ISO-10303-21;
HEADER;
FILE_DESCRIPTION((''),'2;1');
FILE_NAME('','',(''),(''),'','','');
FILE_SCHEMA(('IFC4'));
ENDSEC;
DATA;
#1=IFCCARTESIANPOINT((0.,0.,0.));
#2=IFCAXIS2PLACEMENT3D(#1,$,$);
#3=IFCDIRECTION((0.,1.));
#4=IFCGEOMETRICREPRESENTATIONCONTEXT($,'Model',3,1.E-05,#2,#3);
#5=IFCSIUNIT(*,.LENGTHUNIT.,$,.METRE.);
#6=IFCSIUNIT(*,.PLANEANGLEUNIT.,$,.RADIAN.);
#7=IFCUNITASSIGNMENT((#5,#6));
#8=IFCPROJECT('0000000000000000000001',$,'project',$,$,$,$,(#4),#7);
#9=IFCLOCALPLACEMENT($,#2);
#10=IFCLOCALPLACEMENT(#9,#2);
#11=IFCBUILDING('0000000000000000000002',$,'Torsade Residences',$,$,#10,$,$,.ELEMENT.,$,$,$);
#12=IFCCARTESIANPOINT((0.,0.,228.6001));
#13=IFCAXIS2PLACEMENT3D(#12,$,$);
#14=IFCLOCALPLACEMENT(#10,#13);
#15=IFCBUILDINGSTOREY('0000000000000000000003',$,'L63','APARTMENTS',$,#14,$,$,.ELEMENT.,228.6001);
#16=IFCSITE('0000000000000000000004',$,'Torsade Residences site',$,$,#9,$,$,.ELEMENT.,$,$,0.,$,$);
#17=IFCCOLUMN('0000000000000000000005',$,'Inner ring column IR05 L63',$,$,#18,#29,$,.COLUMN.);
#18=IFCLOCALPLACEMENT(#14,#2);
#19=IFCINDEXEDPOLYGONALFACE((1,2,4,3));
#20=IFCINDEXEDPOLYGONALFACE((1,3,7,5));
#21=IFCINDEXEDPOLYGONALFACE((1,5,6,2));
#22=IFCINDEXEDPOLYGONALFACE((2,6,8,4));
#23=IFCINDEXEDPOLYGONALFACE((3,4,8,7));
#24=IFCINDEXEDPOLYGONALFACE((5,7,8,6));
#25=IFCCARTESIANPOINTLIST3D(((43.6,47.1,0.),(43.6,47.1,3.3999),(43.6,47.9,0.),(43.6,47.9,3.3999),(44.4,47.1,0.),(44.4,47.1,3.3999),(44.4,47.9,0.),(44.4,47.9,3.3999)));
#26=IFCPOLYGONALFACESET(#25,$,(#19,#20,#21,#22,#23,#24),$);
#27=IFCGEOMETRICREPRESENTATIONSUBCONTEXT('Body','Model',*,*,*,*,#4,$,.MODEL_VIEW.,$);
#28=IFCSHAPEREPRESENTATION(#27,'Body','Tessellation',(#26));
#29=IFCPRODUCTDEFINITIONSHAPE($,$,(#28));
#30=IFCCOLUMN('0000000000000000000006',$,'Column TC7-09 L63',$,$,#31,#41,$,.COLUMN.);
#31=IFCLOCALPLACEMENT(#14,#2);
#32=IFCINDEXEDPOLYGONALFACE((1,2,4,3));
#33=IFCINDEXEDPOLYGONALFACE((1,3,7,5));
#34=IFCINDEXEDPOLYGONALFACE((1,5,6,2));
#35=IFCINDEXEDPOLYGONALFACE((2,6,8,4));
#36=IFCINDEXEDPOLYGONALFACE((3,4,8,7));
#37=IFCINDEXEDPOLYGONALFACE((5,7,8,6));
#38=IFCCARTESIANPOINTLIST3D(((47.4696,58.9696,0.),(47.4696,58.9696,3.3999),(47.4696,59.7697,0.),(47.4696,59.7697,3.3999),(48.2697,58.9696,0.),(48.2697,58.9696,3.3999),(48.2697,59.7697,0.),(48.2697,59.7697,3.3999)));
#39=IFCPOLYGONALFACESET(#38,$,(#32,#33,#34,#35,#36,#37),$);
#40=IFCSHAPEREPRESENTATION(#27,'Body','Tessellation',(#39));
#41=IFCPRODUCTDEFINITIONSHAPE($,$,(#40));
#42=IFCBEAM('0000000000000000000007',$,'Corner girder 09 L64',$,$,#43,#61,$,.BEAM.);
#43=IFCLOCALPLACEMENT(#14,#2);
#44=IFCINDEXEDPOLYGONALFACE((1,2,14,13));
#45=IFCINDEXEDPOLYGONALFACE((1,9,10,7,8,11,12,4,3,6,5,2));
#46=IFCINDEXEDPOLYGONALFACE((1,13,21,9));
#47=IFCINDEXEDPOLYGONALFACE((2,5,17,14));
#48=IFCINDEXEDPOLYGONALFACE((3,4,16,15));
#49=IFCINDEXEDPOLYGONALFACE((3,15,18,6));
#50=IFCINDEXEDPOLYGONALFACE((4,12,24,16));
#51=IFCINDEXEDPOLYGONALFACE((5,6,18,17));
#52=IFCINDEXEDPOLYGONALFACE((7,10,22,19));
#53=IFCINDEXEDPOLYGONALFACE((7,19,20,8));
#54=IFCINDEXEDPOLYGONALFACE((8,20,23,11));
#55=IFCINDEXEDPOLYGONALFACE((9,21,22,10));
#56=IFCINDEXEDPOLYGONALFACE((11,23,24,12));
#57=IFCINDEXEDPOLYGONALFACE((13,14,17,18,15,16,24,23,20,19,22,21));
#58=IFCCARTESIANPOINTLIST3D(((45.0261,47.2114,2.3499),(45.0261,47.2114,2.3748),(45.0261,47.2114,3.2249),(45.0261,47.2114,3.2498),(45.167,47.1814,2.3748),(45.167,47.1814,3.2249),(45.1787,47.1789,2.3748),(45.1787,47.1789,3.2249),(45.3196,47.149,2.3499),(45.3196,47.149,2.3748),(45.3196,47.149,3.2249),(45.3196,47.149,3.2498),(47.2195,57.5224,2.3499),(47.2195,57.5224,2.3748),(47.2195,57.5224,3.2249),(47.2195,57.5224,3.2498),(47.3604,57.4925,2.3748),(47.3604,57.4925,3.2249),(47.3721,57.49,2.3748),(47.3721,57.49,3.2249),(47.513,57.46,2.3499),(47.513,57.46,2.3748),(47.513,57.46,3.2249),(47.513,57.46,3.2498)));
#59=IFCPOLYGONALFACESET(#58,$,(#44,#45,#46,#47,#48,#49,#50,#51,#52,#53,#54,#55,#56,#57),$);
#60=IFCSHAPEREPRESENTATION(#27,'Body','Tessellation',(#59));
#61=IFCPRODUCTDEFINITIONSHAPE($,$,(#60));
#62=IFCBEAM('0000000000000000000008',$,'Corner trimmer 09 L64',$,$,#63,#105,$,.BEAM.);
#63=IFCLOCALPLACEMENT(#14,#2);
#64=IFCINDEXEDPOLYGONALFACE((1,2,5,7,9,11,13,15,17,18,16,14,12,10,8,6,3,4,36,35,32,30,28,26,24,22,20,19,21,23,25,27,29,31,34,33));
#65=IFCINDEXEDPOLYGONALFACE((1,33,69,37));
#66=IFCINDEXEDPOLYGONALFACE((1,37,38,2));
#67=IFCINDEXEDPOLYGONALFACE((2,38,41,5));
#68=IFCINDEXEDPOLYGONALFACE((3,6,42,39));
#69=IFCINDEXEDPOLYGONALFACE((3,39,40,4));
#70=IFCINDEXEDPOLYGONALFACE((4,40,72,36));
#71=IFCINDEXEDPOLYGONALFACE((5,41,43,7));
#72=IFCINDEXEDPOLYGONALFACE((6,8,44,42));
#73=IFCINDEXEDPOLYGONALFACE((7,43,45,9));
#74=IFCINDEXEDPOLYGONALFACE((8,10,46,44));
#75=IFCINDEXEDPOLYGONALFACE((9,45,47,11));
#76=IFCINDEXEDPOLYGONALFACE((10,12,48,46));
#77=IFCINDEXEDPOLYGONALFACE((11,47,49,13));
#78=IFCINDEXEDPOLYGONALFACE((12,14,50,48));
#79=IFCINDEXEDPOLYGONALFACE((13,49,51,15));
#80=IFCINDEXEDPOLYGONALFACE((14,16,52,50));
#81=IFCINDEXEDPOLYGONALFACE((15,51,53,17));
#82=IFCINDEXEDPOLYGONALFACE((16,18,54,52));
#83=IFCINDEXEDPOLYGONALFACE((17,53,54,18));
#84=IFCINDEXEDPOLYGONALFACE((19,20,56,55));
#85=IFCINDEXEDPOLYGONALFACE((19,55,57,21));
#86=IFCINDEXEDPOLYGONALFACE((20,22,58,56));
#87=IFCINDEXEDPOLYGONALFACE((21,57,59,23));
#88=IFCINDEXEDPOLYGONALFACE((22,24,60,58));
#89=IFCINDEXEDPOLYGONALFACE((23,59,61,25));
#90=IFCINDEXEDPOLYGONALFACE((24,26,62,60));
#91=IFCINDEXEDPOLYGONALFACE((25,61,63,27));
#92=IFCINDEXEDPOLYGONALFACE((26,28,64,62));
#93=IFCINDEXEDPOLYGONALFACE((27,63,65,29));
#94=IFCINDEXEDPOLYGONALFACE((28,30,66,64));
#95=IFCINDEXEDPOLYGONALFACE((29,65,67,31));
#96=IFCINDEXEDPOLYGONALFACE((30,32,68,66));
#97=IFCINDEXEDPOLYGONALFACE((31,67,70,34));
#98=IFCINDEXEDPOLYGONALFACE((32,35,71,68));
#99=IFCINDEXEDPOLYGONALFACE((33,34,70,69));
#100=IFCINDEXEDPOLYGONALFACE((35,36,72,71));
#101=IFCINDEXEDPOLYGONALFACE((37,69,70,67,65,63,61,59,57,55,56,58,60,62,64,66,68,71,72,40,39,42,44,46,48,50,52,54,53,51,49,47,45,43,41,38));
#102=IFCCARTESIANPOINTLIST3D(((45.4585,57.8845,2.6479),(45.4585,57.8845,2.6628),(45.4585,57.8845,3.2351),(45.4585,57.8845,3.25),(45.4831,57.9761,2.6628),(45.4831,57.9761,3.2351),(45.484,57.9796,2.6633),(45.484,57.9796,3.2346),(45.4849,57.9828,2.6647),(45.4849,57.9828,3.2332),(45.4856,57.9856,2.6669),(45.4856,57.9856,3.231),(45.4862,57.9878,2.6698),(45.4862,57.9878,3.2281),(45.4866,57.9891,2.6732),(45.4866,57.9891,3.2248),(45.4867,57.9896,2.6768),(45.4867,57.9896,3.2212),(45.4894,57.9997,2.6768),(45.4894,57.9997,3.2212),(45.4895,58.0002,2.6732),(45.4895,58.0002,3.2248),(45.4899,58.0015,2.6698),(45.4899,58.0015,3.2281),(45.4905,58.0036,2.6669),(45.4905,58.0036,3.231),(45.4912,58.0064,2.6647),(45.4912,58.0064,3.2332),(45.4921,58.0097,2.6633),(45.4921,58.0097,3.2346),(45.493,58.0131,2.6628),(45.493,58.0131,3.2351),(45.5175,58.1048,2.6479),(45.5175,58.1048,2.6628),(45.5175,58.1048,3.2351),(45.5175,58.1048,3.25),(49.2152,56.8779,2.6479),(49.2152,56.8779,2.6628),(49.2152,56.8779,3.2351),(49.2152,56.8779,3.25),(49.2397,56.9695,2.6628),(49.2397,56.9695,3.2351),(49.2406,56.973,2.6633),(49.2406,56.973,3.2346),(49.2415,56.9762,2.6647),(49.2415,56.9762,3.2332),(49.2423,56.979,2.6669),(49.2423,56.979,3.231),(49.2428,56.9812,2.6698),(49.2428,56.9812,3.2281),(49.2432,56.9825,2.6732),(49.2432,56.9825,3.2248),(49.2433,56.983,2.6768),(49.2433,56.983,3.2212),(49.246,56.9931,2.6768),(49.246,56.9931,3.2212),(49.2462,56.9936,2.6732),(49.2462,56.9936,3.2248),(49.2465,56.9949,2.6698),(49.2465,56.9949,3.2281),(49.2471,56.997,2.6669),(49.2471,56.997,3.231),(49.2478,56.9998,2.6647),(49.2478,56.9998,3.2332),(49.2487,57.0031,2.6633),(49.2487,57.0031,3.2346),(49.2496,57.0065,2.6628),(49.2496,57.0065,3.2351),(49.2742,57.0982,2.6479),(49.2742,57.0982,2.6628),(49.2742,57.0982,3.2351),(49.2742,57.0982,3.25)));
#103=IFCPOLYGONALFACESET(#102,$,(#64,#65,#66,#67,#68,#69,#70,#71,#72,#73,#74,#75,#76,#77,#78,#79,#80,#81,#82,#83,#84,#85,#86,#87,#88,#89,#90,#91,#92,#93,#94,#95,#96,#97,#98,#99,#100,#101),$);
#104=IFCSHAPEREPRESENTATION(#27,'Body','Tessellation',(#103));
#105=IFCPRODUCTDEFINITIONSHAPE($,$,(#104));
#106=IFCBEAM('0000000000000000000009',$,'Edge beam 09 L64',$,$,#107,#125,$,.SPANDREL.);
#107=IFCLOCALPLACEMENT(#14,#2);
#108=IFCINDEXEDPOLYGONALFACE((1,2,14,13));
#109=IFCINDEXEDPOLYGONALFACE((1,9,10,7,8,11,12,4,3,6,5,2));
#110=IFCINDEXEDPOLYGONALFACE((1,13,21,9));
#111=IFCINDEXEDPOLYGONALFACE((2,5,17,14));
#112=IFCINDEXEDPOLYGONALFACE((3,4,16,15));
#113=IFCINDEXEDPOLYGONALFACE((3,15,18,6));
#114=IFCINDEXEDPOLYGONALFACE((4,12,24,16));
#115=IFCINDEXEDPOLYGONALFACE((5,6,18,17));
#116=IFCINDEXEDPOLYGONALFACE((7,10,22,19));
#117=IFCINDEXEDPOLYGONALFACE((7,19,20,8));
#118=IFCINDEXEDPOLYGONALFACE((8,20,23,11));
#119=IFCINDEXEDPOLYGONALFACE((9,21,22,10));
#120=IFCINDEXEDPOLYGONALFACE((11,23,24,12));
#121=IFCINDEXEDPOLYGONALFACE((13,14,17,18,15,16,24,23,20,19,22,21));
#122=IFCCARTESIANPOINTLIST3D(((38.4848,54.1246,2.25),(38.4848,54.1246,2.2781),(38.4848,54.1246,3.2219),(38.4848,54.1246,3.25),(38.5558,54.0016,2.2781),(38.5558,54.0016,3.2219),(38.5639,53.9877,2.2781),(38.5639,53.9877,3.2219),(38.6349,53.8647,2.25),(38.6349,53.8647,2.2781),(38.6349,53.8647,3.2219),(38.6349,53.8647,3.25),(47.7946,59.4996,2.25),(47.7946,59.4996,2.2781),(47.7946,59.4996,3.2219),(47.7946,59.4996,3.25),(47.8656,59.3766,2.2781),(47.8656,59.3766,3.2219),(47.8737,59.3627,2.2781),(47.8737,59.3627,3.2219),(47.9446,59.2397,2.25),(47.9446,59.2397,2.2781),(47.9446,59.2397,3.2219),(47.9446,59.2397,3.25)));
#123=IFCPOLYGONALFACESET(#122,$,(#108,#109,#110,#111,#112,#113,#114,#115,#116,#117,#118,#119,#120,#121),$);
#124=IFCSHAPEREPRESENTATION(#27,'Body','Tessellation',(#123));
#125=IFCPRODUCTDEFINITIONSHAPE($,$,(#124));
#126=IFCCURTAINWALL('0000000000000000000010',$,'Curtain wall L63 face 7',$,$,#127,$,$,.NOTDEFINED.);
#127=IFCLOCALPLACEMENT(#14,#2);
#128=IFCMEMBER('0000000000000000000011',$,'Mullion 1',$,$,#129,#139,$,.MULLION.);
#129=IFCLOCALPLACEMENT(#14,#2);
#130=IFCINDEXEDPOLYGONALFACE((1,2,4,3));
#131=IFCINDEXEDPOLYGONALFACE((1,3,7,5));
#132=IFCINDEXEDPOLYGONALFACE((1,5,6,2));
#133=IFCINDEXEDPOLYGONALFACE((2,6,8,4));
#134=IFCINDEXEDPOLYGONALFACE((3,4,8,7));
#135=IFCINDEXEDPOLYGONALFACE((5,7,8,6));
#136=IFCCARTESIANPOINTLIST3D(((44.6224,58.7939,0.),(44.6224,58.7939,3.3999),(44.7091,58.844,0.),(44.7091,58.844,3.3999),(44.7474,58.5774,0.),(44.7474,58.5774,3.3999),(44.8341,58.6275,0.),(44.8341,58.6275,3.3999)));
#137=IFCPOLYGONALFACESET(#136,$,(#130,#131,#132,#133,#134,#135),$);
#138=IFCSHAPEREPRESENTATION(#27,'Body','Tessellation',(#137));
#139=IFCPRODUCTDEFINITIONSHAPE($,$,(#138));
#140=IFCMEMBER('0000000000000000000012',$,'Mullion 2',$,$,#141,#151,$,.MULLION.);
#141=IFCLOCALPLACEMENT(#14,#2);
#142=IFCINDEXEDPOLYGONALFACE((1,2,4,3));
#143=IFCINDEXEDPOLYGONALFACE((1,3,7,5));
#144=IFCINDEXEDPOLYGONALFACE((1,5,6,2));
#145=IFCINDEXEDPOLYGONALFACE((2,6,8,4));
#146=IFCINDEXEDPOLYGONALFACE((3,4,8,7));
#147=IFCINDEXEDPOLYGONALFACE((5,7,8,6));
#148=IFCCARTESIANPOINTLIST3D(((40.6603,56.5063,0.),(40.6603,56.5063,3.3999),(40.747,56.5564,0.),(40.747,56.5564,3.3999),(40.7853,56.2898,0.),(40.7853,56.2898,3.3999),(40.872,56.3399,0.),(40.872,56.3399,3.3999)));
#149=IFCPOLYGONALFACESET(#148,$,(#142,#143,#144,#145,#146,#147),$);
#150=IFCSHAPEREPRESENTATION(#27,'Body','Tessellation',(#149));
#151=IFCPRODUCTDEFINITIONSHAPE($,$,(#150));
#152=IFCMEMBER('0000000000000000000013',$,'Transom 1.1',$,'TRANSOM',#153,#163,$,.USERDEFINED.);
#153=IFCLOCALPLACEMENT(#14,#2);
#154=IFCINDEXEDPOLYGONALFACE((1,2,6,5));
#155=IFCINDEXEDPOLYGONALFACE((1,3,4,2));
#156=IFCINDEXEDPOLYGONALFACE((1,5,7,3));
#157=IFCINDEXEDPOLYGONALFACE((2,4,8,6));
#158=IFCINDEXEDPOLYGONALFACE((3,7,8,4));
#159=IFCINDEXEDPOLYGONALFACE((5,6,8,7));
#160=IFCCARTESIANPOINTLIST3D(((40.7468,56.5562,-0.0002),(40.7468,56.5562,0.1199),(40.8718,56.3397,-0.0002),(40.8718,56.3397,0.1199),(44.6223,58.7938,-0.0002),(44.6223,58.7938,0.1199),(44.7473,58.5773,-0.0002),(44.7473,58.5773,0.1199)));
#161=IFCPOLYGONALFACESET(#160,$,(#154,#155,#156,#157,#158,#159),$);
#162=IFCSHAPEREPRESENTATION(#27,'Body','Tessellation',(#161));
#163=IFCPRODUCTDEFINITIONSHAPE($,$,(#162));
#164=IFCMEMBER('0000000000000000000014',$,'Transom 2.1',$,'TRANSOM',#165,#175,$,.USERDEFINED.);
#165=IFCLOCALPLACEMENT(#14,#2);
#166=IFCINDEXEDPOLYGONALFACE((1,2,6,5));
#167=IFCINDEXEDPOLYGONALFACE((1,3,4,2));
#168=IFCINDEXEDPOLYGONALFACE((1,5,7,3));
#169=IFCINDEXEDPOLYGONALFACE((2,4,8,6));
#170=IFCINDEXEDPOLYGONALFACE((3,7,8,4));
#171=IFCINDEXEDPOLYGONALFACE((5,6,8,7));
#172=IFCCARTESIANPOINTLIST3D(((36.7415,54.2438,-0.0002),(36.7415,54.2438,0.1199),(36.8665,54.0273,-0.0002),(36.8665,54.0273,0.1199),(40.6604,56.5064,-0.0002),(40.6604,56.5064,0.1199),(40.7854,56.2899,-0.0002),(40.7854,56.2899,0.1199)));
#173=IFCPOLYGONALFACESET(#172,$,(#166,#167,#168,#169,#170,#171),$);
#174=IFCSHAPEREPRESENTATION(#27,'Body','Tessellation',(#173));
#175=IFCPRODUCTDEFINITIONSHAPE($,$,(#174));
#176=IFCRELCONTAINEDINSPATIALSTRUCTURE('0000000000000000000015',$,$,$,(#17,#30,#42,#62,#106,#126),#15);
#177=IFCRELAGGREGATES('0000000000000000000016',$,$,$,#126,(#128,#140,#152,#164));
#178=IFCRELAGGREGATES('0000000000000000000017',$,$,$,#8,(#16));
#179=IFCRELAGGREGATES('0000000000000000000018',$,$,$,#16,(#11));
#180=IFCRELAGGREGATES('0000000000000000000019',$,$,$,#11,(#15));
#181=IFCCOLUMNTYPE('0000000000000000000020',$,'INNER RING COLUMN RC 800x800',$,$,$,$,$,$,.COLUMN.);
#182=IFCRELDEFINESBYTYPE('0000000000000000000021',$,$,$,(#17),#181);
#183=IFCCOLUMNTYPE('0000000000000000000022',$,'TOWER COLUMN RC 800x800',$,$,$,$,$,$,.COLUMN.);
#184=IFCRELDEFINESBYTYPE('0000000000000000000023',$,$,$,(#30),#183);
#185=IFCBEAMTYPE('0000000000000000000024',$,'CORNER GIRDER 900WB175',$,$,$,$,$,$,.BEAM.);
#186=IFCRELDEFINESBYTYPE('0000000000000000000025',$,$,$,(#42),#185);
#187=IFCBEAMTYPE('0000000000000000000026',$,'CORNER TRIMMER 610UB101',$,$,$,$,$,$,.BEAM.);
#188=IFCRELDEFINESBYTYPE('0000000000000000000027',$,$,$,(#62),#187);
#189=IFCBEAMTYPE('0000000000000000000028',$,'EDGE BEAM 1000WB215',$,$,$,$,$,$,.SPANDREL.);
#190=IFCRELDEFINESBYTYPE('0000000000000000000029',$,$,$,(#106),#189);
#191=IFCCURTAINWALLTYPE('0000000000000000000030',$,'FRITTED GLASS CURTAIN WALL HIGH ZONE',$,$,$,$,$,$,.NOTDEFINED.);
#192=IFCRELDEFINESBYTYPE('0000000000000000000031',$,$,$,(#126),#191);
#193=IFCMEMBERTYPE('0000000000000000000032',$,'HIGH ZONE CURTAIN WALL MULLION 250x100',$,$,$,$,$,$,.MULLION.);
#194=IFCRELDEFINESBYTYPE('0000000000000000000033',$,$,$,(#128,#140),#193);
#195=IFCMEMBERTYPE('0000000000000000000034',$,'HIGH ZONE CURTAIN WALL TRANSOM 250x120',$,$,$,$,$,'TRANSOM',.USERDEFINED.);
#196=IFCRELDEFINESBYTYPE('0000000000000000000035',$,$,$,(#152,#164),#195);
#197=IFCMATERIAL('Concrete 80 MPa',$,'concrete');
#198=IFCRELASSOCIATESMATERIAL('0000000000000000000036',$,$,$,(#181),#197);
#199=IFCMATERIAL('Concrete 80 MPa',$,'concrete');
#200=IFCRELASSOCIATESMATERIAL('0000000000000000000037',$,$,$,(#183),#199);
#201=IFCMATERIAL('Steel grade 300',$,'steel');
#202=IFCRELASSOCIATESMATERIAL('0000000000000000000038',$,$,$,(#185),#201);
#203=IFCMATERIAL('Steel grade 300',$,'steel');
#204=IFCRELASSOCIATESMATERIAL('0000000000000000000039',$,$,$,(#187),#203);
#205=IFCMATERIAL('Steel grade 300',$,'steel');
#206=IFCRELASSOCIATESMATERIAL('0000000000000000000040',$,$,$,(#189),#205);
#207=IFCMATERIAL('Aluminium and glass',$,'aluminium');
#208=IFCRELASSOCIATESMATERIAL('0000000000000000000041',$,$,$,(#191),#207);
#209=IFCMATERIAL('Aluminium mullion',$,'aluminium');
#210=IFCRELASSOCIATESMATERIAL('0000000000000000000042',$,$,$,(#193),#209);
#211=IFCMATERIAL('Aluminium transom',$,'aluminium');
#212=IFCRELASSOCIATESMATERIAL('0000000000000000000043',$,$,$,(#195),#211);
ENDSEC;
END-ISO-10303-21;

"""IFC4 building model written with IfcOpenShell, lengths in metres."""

from ifc_helpers import new_model, si_unit, direction, frame, origin, origin_2d, place, context, subcontext, project, spatial, rectangle, i_section, extrude, material, material_profile, profile_set, type_object, element, aggregate, save


model = new_model("IFC4")

# Units and contexts
model_context = context("Model", 3, precision=1e-05, world=origin(), true_north=direction((0.0, 1.0)))
body_context = subcontext(model_context, "Body", "Model", "MODEL_VIEW")
ifc_project = project(units=[si_unit("LENGTHUNIT", "METRE"), si_unit("PLANEANGLEUNIT", "RADIAN")], contexts=[model_context])

# Site, building, storey
site_placement = place(None, origin())
site = spatial("IfcSite", under=ifc_project, at=site_placement, Name="Torsade Residences site", CompositionType="ELEMENT", RefElevation=0.0)
building_placement = place(site_placement, origin())
building = spatial("IfcBuilding", under=site, at=building_placement, Name="Torsade Residences", CompositionType="ELEMENT")
storey_placement = place(building_placement, frame((0.0, 0.0, 228.6001)))
storey = spatial("IfcBuildingStorey", under=building, at=storey_placement, Name="L63", Description="APARTMENTS", CompositionType="ELEMENT", Elevation=228.6001)

# Columns
ifc_material_1 = material(Name="Concrete 80 MPa", Category="concrete")
ifc_material_profile_1 = material_profile(ifc_material_1, rectangle(XDim=0.8, YDim=0.8, at=origin_2d()), Name="RC 800x800")
ifc_profile_set_1 = profile_set([ifc_material_profile_1], Name="Concrete 80 MPa")
column_type_1 = type_object("IfcColumnType", Name="INNER RING COLUMN RC 800x800", PredefinedType="COLUMN", material=ifc_profile_set_1)
column_1_placement = place(storey_placement, frame((44.0, 47.5, 0.0), z_axis=(0.0, 0.0, 1.0), x_axis=(1.0, 0.0, 0.0)))
element("IfcColumn", 1, at=column_1_placement, inside=storey, type_object=column_type_1, Name="Inner ring column IR05 L63", PredefinedType="COLUMN", context=body_context, shape_type="SweptSolid", body=[
    extrude(rectangle(XDim=0.8, YDim=0.8, at=origin_2d()), origin(), (0.0, 0.0, 1.0), 3.3999),
])
ifc_material_2 = material(Name="Concrete 80 MPa", Category="concrete")
ifc_material_profile_2 = material_profile(ifc_material_2, rectangle(XDim=0.8, YDim=0.8, at=origin_2d()), Name="RC 800x800")
ifc_profile_set_2 = profile_set([ifc_material_profile_2], Name="Concrete 80 MPa")
column_type_2 = type_object("IfcColumnType", Name="TOWER COLUMN RC 800x800", PredefinedType="COLUMN", material=ifc_profile_set_2)
column_2_placement = place(storey_placement, frame((47.8696, 59.3696, 0.0), z_axis=(0.0, 0.0, 1.0), x_axis=(1.0, 0.0, 0.0)))
element("IfcColumn", 2, at=column_2_placement, inside=storey, type_object=column_type_2, Name="Column TC7-09 L63", PredefinedType="COLUMN", context=body_context, shape_type="SweptSolid", body=[
    extrude(rectangle(XDim=0.8, YDim=0.8, at=origin_2d()), origin(), (0.0, 0.0, 1.0), 3.3999),
])

# Beams
ifc_material_3 = material(Name="Steel grade 300", Category="steel")
ifc_material_profile_3 = material_profile(ifc_material_3, i_section(OverallWidth=0.3, OverallDepth=0.8999, WebThickness=0.012, FlangeThickness=0.0249, at=origin_2d()), Name="900WB175")
ifc_profile_set_3 = profile_set([ifc_material_profile_3], Name="Steel grade 300")
beam_type_1 = type_object("IfcBeamType", Name="CORNER GIRDER 900WB175", PredefinedType="BEAM", material=ifc_profile_set_3)
beam_1_placement = place(storey_placement, frame((47.3662, 57.4912, 2.7998), z_axis=(-0.208064, -0.978115, 0.0), x_axis=(0.978115, -0.208064, 0.0)))
element("IfcBeam", 3, at=beam_1_placement, inside=storey, type_object=beam_type_1, Name="Corner girder 09 L64", PredefinedType="BEAM", context=body_context, shape_type="SweptSolid", body=[
    extrude(i_section(OverallWidth=0.3, OverallDepth=0.8999, WebThickness=0.012, FlangeThickness=0.0249, at=origin_2d()), origin(), (0.0, 0.0, 1.0), 10.5417),
])
ifc_material_4 = material(Name="Steel grade 300", Category="steel")
ifc_material_profile_4 = material_profile(ifc_material_4, i_section(OverallWidth=0.228, OverallDepth=0.6021, WebThickness=0.0105, FlangeThickness=0.0149, FilletRadius=0.0139, at=origin_2d()), Name="610UB101")
ifc_profile_set_4 = profile_set([ifc_material_profile_4], Name="Steel grade 300")
beam_type_2 = type_object("IfcBeamType", Name="CORNER TRIMMER 610UB101", PredefinedType="BEAM", material=ifc_profile_set_4)
beam_2_placement = place(storey_placement, frame((45.488, 57.9946, 2.949), z_axis=(0.965925, -0.258823, 0.0), x_axis=(0.258823, 0.965925, 0.0)))
element("IfcBeam", 4, at=beam_2_placement, inside=storey, type_object=beam_type_2, Name="Corner trimmer 09 L64", PredefinedType="BEAM", context=body_context, shape_type="SweptSolid", body=[
    extrude(i_section(OverallWidth=0.228, OverallDepth=0.6021, WebThickness=0.0105, FlangeThickness=0.0149, FilletRadius=0.0139, at=origin_2d()), origin(), (0.0, 0.0, 1.0), 3.8892),
])
ifc_material_5 = material(Name="Steel grade 300", Category="steel")
ifc_material_profile_5 = material_profile(ifc_material_5, i_section(OverallWidth=0.3, OverallDepth=1.0, WebThickness=0.0161, FlangeThickness=0.0281, at=origin_2d()), Name="1000WB215")
ifc_profile_set_5 = profile_set([ifc_material_profile_5], Name="Steel grade 300")
beam_type_3 = type_object("IfcBeamType", Name="EDGE BEAM 1000WB215", PredefinedType="SPANDREL", material=ifc_profile_set_5)
beam_3_placement = place(storey_placement, frame((47.8696, 59.3696, 2.75), z_axis=(-0.866026, -0.499998, 0.0), x_axis=(0.499998, -0.866026, 0.0)))
element("IfcBeam", 5, at=beam_3_placement, inside=storey, type_object=beam_type_3, Name="Edge beam 09 L64", PredefinedType="SPANDREL", context=body_context, shape_type="SweptSolid", body=[
    extrude(i_section(OverallWidth=0.3, OverallDepth=1.0, WebThickness=0.0161, FlangeThickness=0.0281, at=origin_2d()), origin(), (0.0, 0.0, 1.0), 10.75),
])

# Curtain wall, members
ifc_material_6 = material(Name="Aluminium and glass", Category="aluminium")
curtain_wall_type = type_object("IfcCurtainWallType", Name="FRITTED GLASS CURTAIN WALL HIGH ZONE", PredefinedType="NOTDEFINED", material=ifc_material_6)
curtain_wall_placement = place(storey_placement, origin())
curtain_wall = element("IfcCurtainWall", 6, at=curtain_wall_placement, inside=storey, type_object=curtain_wall_type, Name="Curtain wall L63 face 7", PredefinedType="NOTDEFINED")
ifc_material_7 = material(Name="Aluminium mullion", Category="aluminium")
ifc_material_profile_6 = material_profile(ifc_material_7, rectangle(XDim=0.25, YDim=0.1001, at=origin_2d()), Name="HIGH ZONE CURTAIN WALL MULLION 250x100")
ifc_profile_set_6 = profile_set([ifc_material_profile_6], Name="Aluminium mullion")
member_type_1 = type_object("IfcMemberType", Name="HIGH ZONE CURTAIN WALL MULLION 250x100", PredefinedType="MULLION", material=ifc_profile_set_6)
member_1_placement = place(storey_placement, frame((44.7283, 58.7107, 0.0), z_axis=(0.0, 0.0, 1.0), x_axis=(0.5, -0.866025, 0.0)))
member_1 = element("IfcMember", 7, at=member_1_placement, type_object=member_type_1, Name="Mullion 1", PredefinedType="MULLION", context=body_context, shape_type="SweptSolid", body=[
    extrude(rectangle(XDim=0.25, YDim=0.1001, at=origin_2d()), origin(), (0.0, 0.0, 1.0), 3.3999),
])
member_2_placement = place(storey_placement, frame((40.7661, 56.4231, 0.0), z_axis=(0.0, 0.0, 1.0), x_axis=(0.5, -0.866025, 0.0)))
member_2 = element("IfcMember", 8, at=member_2_placement, type_object=member_type_1, Name="Mullion 2", PredefinedType="MULLION", context=body_context, shape_type="SweptSolid", body=[
    extrude(rectangle(XDim=0.25, YDim=0.1001, at=origin_2d()), origin(), (0.0, 0.0, 1.0), 3.3999),
])
ifc_material_8 = material(Name="Aluminium transom", Category="aluminium")
ifc_material_profile_7 = material_profile(ifc_material_8, rectangle(XDim=0.25, YDim=0.1201, at=origin_2d()), Name="HIGH ZONE CURTAIN WALL TRANSOM 250x120")
ifc_profile_set_7 = profile_set([ifc_material_profile_7], Name="Aluminium transom")
member_type_2 = type_object("IfcMemberType", Name="HIGH ZONE CURTAIN WALL TRANSOM 250x120", ElementType="TRANSOM", PredefinedType="USERDEFINED", material=ifc_profile_set_7)
member_3_placement = place(storey_placement, frame((44.6848, 58.6855, 0.0598), z_axis=(-0.866022, -0.500006, 0.0), x_axis=(0.500006, -0.866022, 0.0)))
member_3 = element("IfcMember", 9, at=member_3_placement, type_object=member_type_2, Name="Transom 1.1", ObjectType="TRANSOM", PredefinedType="USERDEFINED", context=body_context, shape_type="SweptSolid", body=[
    extrude(rectangle(XDim=0.25, YDim=0.1201, at=origin_2d()), origin(), (0.0, 0.0, 1.0), 4.4751),
])
member_4_placement = place(storey_placement, frame((40.7229, 56.3982, 0.0598), z_axis=(-0.866017, -0.500015, 0.0), x_axis=(0.500015, -0.866017, 0.0)))
member_4 = element("IfcMember", 10, at=member_4_placement, type_object=member_type_2, Name="Transom 2.1", ObjectType="TRANSOM", PredefinedType="USERDEFINED", context=body_context, shape_type="SweptSolid", body=[
    extrude(rectangle(XDim=0.25, YDim=0.1201, at=origin_2d()), origin(), (0.0, 0.0, 1.0), 4.5251),
])

aggregate(curtain_wall, [member_1, member_2, member_3, member_4])

save(model, "model.ifc")
